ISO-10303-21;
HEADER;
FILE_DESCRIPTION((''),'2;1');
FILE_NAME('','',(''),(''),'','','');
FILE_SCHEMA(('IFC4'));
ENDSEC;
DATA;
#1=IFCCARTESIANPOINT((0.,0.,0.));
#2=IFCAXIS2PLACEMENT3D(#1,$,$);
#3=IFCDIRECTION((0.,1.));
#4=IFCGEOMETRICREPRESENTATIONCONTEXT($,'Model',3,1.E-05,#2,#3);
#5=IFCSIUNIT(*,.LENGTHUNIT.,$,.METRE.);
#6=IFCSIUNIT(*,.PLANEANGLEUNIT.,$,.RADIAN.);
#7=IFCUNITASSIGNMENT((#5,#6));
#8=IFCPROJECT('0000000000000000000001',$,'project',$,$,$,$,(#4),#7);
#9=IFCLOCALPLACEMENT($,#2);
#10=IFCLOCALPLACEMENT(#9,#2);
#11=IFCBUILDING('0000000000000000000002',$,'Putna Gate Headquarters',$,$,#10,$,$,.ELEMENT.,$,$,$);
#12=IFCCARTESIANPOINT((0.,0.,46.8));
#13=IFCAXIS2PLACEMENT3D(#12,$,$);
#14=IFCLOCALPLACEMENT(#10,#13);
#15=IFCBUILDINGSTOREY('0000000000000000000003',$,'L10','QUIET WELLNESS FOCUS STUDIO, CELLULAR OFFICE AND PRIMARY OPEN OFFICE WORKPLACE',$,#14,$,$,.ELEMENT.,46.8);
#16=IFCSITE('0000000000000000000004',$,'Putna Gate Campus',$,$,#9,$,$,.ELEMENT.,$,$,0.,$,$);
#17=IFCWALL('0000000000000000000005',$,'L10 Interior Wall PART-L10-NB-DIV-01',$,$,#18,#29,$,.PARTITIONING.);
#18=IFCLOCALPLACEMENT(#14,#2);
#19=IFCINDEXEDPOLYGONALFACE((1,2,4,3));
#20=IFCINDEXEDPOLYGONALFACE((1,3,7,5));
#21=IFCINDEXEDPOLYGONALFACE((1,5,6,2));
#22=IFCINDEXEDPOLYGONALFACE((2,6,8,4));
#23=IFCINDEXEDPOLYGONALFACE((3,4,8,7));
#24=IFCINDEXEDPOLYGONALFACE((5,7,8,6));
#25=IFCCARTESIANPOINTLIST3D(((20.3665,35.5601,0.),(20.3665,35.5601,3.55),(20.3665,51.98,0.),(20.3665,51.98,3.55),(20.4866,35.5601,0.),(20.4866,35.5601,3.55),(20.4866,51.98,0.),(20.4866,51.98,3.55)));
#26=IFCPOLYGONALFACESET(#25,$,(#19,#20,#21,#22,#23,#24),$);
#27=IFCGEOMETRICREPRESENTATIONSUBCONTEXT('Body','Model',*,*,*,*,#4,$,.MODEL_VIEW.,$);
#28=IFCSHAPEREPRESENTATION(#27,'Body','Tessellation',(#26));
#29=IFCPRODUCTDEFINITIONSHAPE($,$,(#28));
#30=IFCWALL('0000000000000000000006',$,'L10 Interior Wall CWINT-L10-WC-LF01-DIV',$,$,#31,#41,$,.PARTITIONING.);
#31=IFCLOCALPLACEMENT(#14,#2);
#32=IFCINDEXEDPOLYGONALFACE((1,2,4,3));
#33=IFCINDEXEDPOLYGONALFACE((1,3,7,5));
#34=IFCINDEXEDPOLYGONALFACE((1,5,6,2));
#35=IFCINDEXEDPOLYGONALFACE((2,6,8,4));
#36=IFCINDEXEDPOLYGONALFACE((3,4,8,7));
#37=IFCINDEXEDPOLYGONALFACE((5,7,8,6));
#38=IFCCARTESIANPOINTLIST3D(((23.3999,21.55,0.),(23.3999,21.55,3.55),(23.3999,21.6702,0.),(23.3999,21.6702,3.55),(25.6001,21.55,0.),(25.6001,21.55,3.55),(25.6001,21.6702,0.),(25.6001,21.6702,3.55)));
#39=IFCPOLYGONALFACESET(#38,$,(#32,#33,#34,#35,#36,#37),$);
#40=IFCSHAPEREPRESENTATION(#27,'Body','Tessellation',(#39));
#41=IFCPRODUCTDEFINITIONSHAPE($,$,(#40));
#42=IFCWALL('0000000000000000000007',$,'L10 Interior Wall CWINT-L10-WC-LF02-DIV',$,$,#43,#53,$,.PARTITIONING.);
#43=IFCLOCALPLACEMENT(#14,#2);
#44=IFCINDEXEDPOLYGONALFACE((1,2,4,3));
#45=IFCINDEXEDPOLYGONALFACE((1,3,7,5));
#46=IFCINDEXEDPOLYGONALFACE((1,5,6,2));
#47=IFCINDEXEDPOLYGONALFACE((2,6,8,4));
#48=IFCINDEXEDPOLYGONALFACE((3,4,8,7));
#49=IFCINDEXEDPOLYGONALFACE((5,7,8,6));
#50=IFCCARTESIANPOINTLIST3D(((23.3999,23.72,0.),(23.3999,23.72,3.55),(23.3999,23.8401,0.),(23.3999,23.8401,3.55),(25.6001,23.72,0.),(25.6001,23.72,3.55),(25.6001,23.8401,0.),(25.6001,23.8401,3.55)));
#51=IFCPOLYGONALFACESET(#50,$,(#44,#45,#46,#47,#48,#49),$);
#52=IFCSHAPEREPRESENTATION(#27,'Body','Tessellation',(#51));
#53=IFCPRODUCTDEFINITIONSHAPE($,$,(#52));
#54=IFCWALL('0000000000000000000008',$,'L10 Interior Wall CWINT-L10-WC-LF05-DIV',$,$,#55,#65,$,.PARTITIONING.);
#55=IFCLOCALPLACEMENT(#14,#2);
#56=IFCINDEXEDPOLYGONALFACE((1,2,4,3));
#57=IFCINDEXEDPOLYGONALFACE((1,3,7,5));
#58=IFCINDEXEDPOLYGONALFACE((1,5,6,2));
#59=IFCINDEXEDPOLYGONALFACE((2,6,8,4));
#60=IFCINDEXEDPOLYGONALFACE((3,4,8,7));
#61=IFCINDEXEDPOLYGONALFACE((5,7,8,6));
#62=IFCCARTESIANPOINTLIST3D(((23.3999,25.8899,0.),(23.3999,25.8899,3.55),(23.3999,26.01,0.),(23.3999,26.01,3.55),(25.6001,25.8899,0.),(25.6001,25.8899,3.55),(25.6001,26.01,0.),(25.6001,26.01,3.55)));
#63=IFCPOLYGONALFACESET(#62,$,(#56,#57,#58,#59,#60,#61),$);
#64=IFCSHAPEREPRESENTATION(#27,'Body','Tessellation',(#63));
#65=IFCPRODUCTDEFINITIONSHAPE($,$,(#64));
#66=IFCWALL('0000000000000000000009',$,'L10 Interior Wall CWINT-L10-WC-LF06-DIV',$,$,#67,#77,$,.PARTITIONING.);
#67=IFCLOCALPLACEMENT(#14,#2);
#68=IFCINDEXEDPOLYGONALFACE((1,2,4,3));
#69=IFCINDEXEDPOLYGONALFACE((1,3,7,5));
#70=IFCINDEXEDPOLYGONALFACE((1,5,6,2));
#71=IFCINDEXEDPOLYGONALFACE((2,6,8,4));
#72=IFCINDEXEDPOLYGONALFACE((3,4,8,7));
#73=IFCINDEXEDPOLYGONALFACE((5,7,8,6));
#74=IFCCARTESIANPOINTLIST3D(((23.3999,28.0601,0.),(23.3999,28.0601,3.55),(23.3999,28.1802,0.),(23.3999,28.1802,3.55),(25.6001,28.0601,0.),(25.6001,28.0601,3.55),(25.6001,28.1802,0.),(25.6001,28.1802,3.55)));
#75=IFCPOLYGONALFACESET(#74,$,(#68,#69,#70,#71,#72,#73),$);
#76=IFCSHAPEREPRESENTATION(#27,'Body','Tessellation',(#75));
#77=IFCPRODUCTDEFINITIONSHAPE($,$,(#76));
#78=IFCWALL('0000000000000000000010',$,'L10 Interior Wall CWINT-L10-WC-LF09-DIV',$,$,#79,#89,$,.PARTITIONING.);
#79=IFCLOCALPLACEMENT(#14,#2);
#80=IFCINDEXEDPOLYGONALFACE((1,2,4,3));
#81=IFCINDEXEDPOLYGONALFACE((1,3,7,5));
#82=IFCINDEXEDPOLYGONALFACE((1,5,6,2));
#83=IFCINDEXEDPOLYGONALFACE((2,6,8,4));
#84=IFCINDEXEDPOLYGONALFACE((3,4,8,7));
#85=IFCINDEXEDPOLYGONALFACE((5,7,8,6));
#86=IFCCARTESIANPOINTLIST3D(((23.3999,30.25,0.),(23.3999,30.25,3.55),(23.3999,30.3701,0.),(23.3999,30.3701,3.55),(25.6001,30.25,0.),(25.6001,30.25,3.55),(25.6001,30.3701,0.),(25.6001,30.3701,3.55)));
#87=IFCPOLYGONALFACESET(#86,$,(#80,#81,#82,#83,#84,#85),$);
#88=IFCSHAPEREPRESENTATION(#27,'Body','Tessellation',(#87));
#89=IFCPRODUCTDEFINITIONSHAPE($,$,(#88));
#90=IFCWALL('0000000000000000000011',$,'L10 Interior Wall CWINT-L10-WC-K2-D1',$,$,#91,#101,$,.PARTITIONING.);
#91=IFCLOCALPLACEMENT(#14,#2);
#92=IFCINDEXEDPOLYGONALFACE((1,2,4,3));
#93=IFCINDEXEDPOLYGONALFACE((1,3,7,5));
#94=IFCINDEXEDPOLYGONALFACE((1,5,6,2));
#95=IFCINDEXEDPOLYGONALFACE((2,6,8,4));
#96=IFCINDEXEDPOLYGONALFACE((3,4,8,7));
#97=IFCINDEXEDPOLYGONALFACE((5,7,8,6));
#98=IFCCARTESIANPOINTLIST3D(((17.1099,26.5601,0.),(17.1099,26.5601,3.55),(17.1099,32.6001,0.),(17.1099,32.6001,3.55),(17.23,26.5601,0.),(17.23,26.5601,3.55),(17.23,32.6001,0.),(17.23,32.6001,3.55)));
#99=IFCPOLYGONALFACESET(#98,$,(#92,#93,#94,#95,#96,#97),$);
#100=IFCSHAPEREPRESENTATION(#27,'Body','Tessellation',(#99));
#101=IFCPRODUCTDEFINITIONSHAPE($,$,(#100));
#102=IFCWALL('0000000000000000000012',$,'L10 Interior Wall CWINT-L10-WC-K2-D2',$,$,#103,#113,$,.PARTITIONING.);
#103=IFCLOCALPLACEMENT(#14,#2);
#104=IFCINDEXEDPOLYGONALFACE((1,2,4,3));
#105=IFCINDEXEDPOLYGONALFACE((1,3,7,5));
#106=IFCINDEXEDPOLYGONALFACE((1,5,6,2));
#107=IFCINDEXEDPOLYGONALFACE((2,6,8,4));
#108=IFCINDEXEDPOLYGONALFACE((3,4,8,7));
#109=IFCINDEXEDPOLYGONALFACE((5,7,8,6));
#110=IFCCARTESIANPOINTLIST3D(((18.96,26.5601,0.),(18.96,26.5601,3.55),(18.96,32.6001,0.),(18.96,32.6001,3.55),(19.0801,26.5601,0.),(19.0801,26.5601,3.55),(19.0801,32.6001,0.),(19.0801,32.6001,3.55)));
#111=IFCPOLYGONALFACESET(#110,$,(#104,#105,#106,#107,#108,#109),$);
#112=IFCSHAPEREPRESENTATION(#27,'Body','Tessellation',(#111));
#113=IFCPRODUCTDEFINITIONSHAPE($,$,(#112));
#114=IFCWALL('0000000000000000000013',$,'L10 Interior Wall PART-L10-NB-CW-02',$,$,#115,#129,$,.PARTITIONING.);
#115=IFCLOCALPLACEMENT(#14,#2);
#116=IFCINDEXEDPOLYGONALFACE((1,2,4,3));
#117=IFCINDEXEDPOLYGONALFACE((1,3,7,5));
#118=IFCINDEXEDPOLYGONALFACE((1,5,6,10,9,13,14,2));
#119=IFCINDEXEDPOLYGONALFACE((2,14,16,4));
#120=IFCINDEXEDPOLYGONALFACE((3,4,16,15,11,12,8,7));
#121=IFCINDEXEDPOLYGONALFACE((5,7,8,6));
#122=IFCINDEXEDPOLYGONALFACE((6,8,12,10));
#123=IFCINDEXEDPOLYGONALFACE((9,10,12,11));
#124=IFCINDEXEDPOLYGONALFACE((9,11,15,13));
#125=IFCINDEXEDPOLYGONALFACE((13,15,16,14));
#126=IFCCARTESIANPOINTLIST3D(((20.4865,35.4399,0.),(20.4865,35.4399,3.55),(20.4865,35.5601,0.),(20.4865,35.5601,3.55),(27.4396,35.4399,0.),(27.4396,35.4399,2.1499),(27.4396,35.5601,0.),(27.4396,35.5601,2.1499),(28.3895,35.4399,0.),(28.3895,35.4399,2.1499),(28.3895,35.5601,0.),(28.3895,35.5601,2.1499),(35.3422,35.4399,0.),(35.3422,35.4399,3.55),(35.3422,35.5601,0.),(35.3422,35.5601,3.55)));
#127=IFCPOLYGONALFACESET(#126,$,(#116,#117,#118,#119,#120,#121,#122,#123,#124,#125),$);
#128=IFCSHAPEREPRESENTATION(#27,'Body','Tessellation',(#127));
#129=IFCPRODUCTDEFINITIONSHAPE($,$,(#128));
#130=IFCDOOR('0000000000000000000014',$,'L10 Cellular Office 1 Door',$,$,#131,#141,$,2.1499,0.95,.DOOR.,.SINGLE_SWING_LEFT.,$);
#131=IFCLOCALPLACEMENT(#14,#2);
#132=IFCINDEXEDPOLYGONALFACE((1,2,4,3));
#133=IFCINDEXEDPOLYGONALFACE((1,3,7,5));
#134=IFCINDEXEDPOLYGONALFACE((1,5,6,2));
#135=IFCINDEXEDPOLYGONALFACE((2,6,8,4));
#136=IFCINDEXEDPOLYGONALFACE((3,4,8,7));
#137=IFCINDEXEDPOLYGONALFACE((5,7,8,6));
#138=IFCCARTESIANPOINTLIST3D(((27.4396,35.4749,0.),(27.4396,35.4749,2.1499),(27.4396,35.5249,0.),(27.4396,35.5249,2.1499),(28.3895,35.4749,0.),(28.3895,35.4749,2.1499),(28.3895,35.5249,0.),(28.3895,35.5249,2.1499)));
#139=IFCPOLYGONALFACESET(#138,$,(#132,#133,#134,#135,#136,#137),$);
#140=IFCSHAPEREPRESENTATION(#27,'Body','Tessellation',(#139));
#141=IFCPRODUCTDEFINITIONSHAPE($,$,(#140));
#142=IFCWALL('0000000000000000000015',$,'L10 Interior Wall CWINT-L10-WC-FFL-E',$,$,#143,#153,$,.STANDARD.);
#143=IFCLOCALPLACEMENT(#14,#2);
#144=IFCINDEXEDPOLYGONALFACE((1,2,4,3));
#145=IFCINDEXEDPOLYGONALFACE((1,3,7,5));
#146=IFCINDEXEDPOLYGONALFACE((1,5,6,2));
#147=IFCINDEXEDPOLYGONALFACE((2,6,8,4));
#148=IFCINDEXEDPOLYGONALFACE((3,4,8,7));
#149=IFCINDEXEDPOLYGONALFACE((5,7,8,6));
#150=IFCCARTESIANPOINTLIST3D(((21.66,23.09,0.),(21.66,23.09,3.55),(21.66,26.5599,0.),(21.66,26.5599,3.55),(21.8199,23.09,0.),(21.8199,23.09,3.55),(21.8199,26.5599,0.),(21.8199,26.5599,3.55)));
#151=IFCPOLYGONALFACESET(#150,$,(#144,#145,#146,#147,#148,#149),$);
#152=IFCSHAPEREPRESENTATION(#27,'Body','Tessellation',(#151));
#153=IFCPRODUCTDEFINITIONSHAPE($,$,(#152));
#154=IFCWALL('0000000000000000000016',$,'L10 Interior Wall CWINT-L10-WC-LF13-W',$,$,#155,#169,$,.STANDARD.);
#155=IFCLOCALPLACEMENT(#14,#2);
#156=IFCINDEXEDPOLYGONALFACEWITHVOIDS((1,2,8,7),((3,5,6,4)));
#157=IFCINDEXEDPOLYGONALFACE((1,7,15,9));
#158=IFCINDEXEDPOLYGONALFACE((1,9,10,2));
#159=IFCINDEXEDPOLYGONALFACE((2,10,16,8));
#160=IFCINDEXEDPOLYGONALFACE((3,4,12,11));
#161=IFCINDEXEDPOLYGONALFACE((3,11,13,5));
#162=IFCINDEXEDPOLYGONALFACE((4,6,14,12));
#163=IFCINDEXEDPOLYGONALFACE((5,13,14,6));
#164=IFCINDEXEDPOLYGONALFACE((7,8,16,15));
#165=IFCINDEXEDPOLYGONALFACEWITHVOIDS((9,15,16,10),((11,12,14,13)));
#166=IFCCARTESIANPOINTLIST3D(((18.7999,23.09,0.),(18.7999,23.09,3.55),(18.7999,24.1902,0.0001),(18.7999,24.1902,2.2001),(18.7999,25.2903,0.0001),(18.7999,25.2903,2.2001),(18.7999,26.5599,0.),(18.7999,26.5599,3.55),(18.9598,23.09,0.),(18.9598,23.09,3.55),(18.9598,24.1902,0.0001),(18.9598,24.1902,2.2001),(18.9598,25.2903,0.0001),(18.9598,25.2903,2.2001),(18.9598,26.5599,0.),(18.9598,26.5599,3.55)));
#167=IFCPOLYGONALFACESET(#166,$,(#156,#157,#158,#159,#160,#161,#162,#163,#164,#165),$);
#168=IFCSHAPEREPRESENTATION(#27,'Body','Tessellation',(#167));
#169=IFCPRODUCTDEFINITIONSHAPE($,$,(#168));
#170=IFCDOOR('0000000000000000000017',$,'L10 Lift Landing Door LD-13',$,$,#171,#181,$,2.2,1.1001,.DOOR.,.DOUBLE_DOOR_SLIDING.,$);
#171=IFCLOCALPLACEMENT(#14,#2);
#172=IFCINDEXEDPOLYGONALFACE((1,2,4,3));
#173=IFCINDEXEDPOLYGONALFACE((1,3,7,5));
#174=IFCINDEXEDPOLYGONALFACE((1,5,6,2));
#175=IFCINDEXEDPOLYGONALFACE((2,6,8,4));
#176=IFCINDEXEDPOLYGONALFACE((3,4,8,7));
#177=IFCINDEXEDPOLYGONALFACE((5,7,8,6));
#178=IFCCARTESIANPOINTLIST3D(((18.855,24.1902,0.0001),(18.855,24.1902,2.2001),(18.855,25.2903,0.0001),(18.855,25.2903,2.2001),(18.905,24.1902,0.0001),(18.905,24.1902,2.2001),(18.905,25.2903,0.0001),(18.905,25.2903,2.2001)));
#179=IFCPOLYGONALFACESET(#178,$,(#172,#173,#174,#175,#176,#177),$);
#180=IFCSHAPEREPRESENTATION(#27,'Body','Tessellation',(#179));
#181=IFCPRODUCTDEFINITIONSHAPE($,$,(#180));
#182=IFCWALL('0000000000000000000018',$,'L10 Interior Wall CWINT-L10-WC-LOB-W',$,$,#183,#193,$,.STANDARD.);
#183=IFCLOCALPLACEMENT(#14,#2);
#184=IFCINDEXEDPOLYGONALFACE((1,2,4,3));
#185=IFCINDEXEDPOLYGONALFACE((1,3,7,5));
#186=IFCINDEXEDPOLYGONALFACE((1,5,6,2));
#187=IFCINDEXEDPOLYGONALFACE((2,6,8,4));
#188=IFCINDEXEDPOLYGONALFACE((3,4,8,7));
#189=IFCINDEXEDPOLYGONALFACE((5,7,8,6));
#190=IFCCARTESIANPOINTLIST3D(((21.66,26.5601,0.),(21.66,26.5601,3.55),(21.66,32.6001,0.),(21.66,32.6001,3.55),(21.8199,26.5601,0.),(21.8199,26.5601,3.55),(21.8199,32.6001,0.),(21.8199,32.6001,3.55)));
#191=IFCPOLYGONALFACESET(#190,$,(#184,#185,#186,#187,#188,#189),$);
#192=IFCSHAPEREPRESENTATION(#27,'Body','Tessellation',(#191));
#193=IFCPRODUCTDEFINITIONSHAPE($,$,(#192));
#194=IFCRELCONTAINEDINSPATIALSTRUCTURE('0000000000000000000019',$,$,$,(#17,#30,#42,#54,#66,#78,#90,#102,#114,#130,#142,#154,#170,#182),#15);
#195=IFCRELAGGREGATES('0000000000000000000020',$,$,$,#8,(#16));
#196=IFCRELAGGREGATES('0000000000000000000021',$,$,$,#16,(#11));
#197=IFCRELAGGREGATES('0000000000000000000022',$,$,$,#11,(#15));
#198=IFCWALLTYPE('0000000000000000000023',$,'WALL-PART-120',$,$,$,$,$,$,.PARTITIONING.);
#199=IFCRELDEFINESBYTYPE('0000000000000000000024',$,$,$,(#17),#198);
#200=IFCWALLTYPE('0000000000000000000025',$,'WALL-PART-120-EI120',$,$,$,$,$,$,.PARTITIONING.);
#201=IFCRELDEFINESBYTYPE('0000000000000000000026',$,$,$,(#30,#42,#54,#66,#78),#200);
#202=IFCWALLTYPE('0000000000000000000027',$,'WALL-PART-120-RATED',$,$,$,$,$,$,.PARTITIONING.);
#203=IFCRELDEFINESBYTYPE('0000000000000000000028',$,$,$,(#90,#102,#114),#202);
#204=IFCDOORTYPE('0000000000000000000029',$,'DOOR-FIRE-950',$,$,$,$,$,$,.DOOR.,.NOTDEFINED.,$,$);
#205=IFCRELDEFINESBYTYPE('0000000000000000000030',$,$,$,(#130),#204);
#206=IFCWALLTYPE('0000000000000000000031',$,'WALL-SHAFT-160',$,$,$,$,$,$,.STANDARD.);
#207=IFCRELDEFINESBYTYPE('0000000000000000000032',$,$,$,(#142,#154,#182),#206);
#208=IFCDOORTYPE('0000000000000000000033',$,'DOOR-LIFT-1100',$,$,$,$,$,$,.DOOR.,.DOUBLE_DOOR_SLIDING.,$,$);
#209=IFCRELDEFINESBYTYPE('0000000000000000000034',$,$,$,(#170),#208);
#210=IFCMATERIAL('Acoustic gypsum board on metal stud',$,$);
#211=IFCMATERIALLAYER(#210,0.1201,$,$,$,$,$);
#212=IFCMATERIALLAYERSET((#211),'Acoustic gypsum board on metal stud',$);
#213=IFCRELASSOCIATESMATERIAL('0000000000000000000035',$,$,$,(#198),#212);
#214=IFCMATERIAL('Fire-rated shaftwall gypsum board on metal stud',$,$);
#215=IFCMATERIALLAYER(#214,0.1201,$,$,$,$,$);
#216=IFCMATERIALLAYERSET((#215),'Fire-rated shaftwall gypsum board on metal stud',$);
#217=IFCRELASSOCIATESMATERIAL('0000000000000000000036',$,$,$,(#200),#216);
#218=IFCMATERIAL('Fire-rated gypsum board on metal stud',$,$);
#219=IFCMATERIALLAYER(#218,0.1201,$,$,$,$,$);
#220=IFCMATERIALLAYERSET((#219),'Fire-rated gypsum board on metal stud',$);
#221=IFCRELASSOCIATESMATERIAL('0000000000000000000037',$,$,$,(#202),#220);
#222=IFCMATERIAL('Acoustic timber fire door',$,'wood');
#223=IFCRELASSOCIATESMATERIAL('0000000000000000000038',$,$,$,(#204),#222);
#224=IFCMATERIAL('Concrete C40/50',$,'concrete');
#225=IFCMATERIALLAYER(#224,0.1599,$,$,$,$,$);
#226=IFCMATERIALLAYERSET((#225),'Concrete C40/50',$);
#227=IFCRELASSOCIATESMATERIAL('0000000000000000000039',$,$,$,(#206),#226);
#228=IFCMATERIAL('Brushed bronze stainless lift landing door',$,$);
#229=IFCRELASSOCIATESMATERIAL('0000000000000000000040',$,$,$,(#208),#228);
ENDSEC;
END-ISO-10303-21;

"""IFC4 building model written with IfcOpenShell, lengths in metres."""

from ifc_helpers import new_model, si_unit, direction, frame, frame_2d, origin, place, context, subcontext, project, spatial, rectangle, extrude, material, layer, layer_set, type_object, element, fill, save


model = new_model("IFC4")

# Units and contexts
model_context = context("Model", 3, precision=1e-05, world=origin(), true_north=direction((0.0, 1.0)))
body_context = subcontext(model_context, "Body", "Model", "MODEL_VIEW")
ifc_project = project(units=[si_unit("LENGTHUNIT", "METRE"), si_unit("PLANEANGLEUNIT", "RADIAN")], contexts=[model_context])

# Site, building, storey
site_placement = place(None, origin())
site = spatial("IfcSite", under=ifc_project, at=site_placement, Name="Putna Gate Campus", CompositionType="ELEMENT", RefElevation=0.0)
building_placement = place(site_placement, origin())
building = spatial("IfcBuilding", under=site, at=building_placement, Name="Putna Gate Headquarters", CompositionType="ELEMENT")
storey_placement = place(building_placement, frame((0.0, 0.0, 46.8)))
storey = spatial("IfcBuildingStorey", under=building, at=storey_placement, Name="L10", Description="QUIET WELLNESS FOCUS STUDIO, CELLULAR OFFICE AND PRIMARY OPEN OFFICE WORKPLACE", CompositionType="ELEMENT", Elevation=46.8)

# Walls
ifc_material_1 = material(Name="Acoustic gypsum board on metal stud")
ifc_layer_1 = layer(ifc_material_1, 0.1201)
ifc_layer_set_1 = layer_set([ifc_layer_1], Name="Acoustic gypsum board on metal stud")
wall_type_1 = type_object("IfcWallType", Name="WALL-PART-120", PredefinedType="PARTITIONING", material=ifc_layer_set_1)
wall_1_placement = place(storey_placement, frame((20.4265, 35.5601, 0.0), z_axis=(0.0, 0.0, 1.0), x_axis=(0.0, 1.0, 0.0)))
element("IfcWall", 1, at=wall_1_placement, inside=storey, type_object=wall_type_1, Name="L10 Interior Wall PART-L10-NB-DIV-01", PredefinedType="PARTITIONING", context=body_context, shape_type="SweptSolid", body=[
    extrude(rectangle(XDim=16.4199, YDim=0.1201, at=frame_2d((8.21, 0.0))), origin(), (0.0, 0.0, 1.0), 3.55),
])
ifc_material_2 = material(Name="Fire-rated shaftwall gypsum board on metal stud")
ifc_layer_2 = layer(ifc_material_2, 0.1201)
ifc_layer_set_2 = layer_set([ifc_layer_2], Name="Fire-rated shaftwall gypsum board on metal stud")
wall_type_2 = type_object("IfcWallType", Name="WALL-PART-120-EI120", PredefinedType="PARTITIONING", material=ifc_layer_set_2)
for number, where, z_axis, x_axis, name in (
    (2, (23.3999, 21.6101, 0.0), (0.0, 0.0, 1.0), (1.0, 0.0, 0.0), "L10 Interior Wall CWINT-L10-WC-LF01-DIV"),
    (3, (23.3999, 23.78, 0.0), (0.0, 0.0, 1.0), (1.0, 0.0, 0.0), "L10 Interior Wall CWINT-L10-WC-LF02-DIV"),
    (4, (23.3999, 25.95, 0.0), (0.0, 0.0, 1.0), (1.0, 0.0, 0.0), "L10 Interior Wall CWINT-L10-WC-LF05-DIV"),
    (5, (23.3999, 28.1201, 0.0), (0.0, 0.0, 1.0), (1.0, 0.0, 0.0), "L10 Interior Wall CWINT-L10-WC-LF06-DIV"),
    (6, (23.3999, 30.3101, 0.0), (0.0, 0.0, 1.0), (1.0, 0.0, 0.0), "L10 Interior Wall CWINT-L10-WC-LF09-DIV"),
):
    element("IfcWall", number, at=place(storey_placement, frame(where, z_axis=z_axis, x_axis=x_axis)), inside=storey, type_object=wall_type_2, Name=name, PredefinedType="PARTITIONING", context=body_context, shape_type="SweptSolid", body=[
        extrude(rectangle(XDim=2.2002, YDim=0.1201, at=frame_2d((1.1001, 0.0))), origin(), (0.0, 0.0, 1.0), 3.55),
    ])
ifc_material_3 = material(Name="Fire-rated gypsum board on metal stud")
ifc_layer_3 = layer(ifc_material_3, 0.1201)
ifc_layer_set_3 = layer_set([ifc_layer_3], Name="Fire-rated gypsum board on metal stud")
wall_type_3 = type_object("IfcWallType", Name="WALL-PART-120-RATED", PredefinedType="PARTITIONING", material=ifc_layer_set_3)
for number, where, z_axis, x_axis, name in (
    (7, (17.1699, 26.5601, 0.0), (0.0, 0.0, 1.0), (0.0, 1.0, 0.0), "L10 Interior Wall CWINT-L10-WC-K2-D1"),
    (8, (19.02, 26.5601, 0.0), (0.0, 0.0, 1.0), (0.0, 1.0, 0.0), "L10 Interior Wall CWINT-L10-WC-K2-D2"),
):
    element("IfcWall", number, at=place(storey_placement, frame(where, z_axis=z_axis, x_axis=x_axis)), inside=storey, type_object=wall_type_3, Name=name, PredefinedType="PARTITIONING", context=body_context, shape_type="SweptSolid", body=[
        extrude(rectangle(XDim=6.04, YDim=0.1201, at=frame_2d((3.02, 0.0))), origin(), (0.0, 0.0, 1.0), 3.55),
    ])

# Wall, opening, door
wall_2_placement = place(storey_placement, frame((20.4866, 35.5, 0.0), z_axis=(0.0, 0.0, 1.0), x_axis=(1.0, 0.0, 0.0)))
wall_2 = element("IfcWall", 9, at=wall_2_placement, inside=storey, type_object=wall_type_3, Name="L10 Interior Wall PART-L10-NB-CW-02", PredefinedType="PARTITIONING", context=body_context, shape_type="SweptSolid", body=[
    extrude(rectangle(XDim=14.8557, YDim=0.1201, at=frame_2d((7.4277, 0.0))), origin(), (0.0, 0.0, 1.0), 3.55),
])
opening_1_placement = place(wall_2_placement, frame((6.9529, 0.0, 0.0)))
opening_1 = element("IfcOpeningElement", 10, at=opening_1_placement, cuts=wall_2, PredefinedType="OPENING", context=body_context, shape_type="SweptSolid", body=[
    extrude(rectangle(XDim=0.95, YDim=2.1499, at=frame_2d((0.4751, 1.075))), frame((0.0, 0.0701, 0.0), z_axis=(0.0, -1.0, 0.0), x_axis=(1.0, 0.0, 0.0)), (0.0, 0.0, 1.0), 0.1401),
])
ifc_material_4 = material(Name="Acoustic timber fire door", Category="wood")
door_type_1 = type_object("IfcDoorType", Name="DOOR-FIRE-950", OperationType="NOTDEFINED", PredefinedType="DOOR", material=ifc_material_4)
door_1_placement = place(opening_1_placement, origin())
door_1 = element("IfcDoor", 11, at=door_1_placement, inside=storey, type_object=door_type_1, Name="L10 Cellular Office 1 Door", OperationType="SINGLE_SWING_LEFT", OverallHeight=2.1499, OverallWidth=0.95, PredefinedType="DOOR", context=body_context, shape_type="SweptSolid", body=[
    extrude(rectangle(XDim=0.95, YDim=2.1499, at=frame_2d((0.4751, 1.075))), frame((0.0, 0.0249, 0.0), z_axis=(0.0, -1.0, 0.0), x_axis=(1.0, 0.0, 0.0)), (0.0, 0.0, 1.0), 0.05),
])
fill(opening_1, door_1)

# Wall
ifc_material_5 = material(Name="Concrete C40/50", Category="concrete")
ifc_layer_4 = layer(ifc_material_5, 0.1599)
ifc_layer_set_4 = layer_set([ifc_layer_4], Name="Concrete C40/50")
wall_type_4 = type_object("IfcWallType", Name="WALL-SHAFT-160", PredefinedType="STANDARD", material=ifc_layer_set_4)
wall_3_placement = place(storey_placement, frame((21.74, 23.0901, 0.0), z_axis=(0.0, 0.0, 1.0), x_axis=(0.0, 1.0, 0.0)))
element("IfcWall", 12, at=wall_3_placement, inside=storey, type_object=wall_type_4, Name="L10 Interior Wall CWINT-L10-WC-FFL-E", PredefinedType="STANDARD", context=body_context, shape_type="SweptSolid", body=[
    extrude(rectangle(XDim=3.47, YDim=0.1599, at=frame_2d((1.7349, 0.0))), origin(), (0.0, 0.0, 1.0), 3.55),
])

# Wall, opening, door
wall_4_placement = place(storey_placement, frame((18.8799, 23.0901, 0.0), z_axis=(0.0, 0.0, 1.0), x_axis=(0.0, 1.0, 0.0)))
wall_4 = element("IfcWall", 13, at=wall_4_placement, inside=storey, type_object=wall_type_4, Name="L10 Interior Wall CWINT-L10-WC-LF13-W", PredefinedType="STANDARD", context=body_context, shape_type="SweptSolid", body=[
    extrude(rectangle(XDim=3.47, YDim=0.1599, at=frame_2d((1.7349, 0.0))), origin(), (0.0, 0.0, 1.0), 3.55),
])
opening_2_placement = place(wall_4_placement, frame((1.1001, 0.0, 0.0)))
opening_2 = element("IfcOpeningElement", 14, at=opening_2_placement, cuts=wall_4, PredefinedType="OPENING", context=body_context, shape_type="SweptSolid", body=[
    extrude(rectangle(XDim=1.1001, YDim=2.2, at=frame_2d((0.55, 1.1001))), frame((0.0, 0.0898, 0.0), z_axis=(0.0, -1.0, 0.0), x_axis=(1.0, 0.0, 0.0)), (0.0, 0.0, 1.0), 0.1799),
])
ifc_material_6 = material(Name="Brushed bronze stainless lift landing door")
door_type_2 = type_object("IfcDoorType", Name="DOOR-LIFT-1100", OperationType="DOUBLE_DOOR_SLIDING", PredefinedType="DOOR", material=ifc_material_6)
door_2_placement = place(opening_2_placement, origin())
door_2 = element("IfcDoor", 15, at=door_2_placement, inside=storey, type_object=door_type_2, Name="L10 Lift Landing Door LD-13", OperationType="DOUBLE_DOOR_SLIDING", OverallHeight=2.2, OverallWidth=1.1001, PredefinedType="DOOR", context=body_context, shape_type="SweptSolid", body=[
    extrude(rectangle(XDim=1.1001, YDim=2.2, at=frame_2d((0.55, 1.1001))), frame((0.0, 0.0249, 0.0), z_axis=(0.0, -1.0, 0.0), x_axis=(1.0, 0.0, 0.0)), (0.0, 0.0, 1.0), 0.05),
])
fill(opening_2, door_2)

# Wall
wall_5_placement = place(storey_placement, frame((21.74, 26.5601, 0.0), z_axis=(0.0, 0.0, 1.0), x_axis=(0.0, 1.0, 0.0)))
element("IfcWall", 16, at=wall_5_placement, inside=storey, type_object=wall_type_4, Name="L10 Interior Wall CWINT-L10-WC-LOB-W", PredefinedType="STANDARD", context=body_context, shape_type="SweptSolid", body=[
    extrude(rectangle(XDim=6.04, YDim=0.1599, at=frame_2d((3.02, 0.0))), origin(), (0.0, 0.0, 1.0), 3.55),
])

save(model, "model.ifc")
